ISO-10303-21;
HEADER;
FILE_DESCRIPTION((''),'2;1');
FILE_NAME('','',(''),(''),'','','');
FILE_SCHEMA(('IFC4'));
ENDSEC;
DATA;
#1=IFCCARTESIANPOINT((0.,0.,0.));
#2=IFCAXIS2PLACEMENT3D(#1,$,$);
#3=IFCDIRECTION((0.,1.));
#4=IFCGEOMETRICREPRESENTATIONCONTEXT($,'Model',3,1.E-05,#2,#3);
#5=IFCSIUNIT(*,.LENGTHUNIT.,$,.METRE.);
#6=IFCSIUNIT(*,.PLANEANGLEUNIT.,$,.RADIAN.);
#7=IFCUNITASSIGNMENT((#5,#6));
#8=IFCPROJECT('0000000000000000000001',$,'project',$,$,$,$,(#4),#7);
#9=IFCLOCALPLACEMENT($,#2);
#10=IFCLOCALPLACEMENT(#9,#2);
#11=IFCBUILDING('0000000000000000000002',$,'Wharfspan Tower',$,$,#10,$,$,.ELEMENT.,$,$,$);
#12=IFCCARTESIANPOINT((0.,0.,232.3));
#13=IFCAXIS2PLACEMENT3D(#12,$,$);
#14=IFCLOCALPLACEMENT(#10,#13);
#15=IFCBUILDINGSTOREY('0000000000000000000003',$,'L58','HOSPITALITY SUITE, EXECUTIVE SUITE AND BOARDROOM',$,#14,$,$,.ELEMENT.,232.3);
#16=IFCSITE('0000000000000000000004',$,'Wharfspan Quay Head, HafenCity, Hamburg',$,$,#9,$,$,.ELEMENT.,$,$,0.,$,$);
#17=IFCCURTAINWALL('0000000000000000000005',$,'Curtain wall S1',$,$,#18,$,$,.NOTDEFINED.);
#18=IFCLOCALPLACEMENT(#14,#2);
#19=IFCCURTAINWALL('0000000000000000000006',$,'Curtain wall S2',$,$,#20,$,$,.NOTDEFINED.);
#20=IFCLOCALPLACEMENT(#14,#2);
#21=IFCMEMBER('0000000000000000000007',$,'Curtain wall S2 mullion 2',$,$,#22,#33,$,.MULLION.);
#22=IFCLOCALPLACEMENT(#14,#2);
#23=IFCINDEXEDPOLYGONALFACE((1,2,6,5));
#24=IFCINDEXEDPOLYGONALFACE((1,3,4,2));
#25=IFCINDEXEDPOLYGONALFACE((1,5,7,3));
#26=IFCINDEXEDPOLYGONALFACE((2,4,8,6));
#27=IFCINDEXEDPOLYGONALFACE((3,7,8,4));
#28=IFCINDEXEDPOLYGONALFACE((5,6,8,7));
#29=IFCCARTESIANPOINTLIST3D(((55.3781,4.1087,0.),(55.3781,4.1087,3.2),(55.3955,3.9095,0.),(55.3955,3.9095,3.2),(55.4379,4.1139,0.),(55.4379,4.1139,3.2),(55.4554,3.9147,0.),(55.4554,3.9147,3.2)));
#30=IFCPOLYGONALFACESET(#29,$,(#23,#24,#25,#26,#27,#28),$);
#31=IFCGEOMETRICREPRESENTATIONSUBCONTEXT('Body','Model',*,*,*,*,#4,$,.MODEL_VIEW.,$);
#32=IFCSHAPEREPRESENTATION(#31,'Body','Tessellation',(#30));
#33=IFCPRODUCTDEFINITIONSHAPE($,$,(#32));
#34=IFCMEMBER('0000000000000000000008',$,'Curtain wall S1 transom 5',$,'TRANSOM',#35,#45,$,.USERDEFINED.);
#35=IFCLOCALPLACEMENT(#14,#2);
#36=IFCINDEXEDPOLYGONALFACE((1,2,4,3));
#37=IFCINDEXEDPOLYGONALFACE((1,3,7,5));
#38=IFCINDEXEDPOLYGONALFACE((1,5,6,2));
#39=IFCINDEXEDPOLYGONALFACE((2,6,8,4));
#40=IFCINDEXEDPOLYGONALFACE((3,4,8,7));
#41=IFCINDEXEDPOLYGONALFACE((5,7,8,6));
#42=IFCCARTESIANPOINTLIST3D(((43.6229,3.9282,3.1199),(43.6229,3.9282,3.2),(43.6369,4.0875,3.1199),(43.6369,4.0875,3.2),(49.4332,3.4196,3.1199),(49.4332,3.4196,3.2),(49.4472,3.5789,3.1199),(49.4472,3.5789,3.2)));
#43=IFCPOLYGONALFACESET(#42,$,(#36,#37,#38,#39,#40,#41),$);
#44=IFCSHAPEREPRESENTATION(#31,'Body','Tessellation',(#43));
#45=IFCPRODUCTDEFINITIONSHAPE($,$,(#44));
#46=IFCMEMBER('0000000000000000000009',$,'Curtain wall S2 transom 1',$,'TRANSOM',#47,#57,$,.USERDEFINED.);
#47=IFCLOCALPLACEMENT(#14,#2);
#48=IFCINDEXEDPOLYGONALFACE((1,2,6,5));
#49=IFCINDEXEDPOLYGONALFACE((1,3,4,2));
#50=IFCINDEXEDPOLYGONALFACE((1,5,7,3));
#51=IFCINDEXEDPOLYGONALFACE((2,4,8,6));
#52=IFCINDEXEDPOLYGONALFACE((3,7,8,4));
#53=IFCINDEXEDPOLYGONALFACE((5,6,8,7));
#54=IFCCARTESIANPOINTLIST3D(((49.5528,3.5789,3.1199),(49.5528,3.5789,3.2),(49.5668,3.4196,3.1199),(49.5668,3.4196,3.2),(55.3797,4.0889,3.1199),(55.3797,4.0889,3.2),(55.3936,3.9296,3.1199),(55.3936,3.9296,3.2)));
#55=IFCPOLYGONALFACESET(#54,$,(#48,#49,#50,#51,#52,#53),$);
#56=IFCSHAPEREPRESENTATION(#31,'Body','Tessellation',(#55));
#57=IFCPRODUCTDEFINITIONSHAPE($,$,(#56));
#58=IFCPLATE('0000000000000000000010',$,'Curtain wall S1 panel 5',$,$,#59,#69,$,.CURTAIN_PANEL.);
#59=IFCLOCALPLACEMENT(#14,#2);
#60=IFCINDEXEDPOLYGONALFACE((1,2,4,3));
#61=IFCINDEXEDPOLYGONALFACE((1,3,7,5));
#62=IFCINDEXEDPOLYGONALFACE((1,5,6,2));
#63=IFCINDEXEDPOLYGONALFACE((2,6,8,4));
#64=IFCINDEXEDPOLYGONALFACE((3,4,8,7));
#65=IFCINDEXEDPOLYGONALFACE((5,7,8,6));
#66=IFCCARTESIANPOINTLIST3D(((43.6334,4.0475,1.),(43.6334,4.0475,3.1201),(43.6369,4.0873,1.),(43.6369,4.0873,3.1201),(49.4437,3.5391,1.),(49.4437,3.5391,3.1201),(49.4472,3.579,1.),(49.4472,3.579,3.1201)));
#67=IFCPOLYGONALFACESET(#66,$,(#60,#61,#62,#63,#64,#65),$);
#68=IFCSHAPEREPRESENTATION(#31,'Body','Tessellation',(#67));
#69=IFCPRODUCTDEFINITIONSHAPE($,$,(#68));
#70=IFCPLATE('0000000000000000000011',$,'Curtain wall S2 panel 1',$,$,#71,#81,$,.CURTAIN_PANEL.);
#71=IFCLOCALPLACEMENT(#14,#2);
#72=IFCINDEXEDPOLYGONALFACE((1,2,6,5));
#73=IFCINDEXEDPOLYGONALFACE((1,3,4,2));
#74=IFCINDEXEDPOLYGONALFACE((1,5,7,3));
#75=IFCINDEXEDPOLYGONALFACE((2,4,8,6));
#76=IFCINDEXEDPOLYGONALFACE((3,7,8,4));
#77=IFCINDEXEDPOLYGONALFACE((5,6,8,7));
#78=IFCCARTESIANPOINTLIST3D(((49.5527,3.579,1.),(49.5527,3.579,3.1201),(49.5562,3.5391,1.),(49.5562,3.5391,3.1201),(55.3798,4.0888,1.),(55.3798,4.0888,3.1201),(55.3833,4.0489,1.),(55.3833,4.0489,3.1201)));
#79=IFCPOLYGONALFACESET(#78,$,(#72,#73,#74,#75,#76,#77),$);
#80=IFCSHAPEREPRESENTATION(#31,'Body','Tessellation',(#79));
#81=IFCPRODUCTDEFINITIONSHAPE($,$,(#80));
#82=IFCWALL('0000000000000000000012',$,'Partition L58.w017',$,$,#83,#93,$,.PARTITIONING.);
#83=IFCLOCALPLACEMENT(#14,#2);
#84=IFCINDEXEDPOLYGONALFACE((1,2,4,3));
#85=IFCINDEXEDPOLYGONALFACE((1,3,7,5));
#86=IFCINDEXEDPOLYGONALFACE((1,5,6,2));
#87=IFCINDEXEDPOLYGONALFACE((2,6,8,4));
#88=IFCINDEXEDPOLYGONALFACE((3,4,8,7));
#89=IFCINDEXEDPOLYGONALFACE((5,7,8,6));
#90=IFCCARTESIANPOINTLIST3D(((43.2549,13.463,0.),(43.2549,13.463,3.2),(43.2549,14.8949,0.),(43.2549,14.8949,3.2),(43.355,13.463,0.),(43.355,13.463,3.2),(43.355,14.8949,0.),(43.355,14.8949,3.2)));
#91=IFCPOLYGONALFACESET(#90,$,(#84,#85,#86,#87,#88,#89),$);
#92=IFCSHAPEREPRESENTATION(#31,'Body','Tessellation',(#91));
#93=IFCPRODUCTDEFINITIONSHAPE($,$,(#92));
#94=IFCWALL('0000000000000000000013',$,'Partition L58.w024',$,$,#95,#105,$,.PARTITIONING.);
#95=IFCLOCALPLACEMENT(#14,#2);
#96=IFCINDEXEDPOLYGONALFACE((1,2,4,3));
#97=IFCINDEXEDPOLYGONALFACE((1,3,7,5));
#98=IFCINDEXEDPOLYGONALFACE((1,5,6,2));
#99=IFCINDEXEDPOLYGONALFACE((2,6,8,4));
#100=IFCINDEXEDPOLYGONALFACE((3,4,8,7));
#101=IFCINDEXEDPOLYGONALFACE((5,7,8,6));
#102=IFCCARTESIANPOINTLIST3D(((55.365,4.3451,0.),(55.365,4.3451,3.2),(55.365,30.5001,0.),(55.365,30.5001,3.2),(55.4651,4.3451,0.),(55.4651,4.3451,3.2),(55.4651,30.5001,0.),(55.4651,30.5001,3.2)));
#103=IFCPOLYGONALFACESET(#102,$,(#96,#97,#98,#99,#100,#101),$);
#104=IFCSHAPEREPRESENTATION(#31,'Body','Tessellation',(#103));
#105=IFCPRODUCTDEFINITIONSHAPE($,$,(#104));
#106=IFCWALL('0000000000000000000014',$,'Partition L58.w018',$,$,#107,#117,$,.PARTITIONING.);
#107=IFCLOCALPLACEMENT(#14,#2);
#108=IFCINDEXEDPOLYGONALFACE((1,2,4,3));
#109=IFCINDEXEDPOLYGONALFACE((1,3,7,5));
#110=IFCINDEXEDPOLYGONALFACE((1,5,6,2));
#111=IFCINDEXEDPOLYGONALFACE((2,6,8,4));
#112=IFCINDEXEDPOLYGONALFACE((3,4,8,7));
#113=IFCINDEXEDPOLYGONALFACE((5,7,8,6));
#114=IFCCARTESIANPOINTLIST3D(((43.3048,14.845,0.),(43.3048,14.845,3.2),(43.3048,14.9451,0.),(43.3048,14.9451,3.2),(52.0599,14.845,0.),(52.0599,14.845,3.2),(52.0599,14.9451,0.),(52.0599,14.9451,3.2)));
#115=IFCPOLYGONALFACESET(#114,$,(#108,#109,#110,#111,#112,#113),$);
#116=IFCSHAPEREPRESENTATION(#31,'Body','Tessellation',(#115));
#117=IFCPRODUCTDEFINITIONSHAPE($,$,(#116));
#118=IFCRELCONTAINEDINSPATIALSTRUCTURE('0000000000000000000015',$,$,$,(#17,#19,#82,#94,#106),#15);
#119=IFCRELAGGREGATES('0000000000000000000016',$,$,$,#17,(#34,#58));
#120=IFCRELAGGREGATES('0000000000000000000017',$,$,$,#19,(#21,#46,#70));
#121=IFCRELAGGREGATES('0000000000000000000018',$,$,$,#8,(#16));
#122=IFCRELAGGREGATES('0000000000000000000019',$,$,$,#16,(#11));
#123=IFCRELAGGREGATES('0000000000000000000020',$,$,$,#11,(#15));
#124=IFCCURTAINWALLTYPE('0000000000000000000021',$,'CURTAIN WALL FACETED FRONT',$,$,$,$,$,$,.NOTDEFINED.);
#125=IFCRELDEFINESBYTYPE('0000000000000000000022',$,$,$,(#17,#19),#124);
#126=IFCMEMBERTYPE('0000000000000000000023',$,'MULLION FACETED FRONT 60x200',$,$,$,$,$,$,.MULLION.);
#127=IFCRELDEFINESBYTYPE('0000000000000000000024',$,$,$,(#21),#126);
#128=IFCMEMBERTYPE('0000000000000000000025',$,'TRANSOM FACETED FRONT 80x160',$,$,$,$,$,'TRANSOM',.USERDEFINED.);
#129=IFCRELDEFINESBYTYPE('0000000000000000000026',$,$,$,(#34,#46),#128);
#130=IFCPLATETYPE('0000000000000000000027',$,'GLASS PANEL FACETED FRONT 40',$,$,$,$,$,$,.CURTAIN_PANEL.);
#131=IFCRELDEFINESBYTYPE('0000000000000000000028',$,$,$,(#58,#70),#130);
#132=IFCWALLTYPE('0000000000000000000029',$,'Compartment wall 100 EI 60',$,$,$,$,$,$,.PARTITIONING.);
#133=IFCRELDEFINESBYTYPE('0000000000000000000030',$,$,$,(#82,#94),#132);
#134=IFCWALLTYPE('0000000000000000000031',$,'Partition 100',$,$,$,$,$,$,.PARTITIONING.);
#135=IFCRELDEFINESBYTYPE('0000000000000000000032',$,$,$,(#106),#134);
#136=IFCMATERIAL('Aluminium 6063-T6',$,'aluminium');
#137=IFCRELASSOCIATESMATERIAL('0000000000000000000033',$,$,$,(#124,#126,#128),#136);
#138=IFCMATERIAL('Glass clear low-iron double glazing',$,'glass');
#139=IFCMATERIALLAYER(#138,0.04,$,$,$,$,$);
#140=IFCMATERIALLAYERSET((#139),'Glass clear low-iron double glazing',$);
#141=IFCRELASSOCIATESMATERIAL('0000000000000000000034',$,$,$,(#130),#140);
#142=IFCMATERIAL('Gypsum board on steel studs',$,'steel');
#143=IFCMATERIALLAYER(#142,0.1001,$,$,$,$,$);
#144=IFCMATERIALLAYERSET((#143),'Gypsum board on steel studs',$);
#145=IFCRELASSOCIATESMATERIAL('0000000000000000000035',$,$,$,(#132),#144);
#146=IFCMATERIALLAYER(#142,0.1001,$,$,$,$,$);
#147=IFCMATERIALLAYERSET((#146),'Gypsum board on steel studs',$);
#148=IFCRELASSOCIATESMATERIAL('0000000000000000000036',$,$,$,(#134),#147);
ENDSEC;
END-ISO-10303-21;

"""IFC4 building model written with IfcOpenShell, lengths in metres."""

from ifc_helpers import new_model, si_unit, direction, frame, frame_2d, origin, origin_2d, place, context, subcontext, project, spatial, rectangle, extrude, material, layer, layer_set, material_profile, profile_set, type_object, element, aggregate, save


model = new_model("IFC4")

# Units and contexts
model_context = context("Model", 3, precision=1e-05, world=origin(), true_north=direction((0.0, 1.0)))
body_context = subcontext(model_context, "Body", "Model", "MODEL_VIEW")
ifc_project = project(units=[si_unit("LENGTHUNIT", "METRE"), si_unit("PLANEANGLEUNIT", "RADIAN")], contexts=[model_context])

# Site, building, storey
site_placement = place(None, origin())
site = spatial("IfcSite", under=ifc_project, at=site_placement, Name="Wharfspan Quay Head, HafenCity, Hamburg", CompositionType="ELEMENT", RefElevation=0.0)
building_placement = place(site_placement, origin())
building = spatial("IfcBuilding", under=site, at=building_placement, Name="Wharfspan Tower", CompositionType="ELEMENT")
storey_placement = place(building_placement, frame((0.0, 0.0, 232.3)))
storey = spatial("IfcBuildingStorey", under=building, at=storey_placement, Name="L58", Description="HOSPITALITY SUITE, EXECUTIVE SUITE AND BOARDROOM", CompositionType="ELEMENT", Elevation=232.3)

# Curtain walls, member
ifc_material_1 = material(Name="Aluminium 6063-T6", Category="aluminium")
curtain_wall_type = type_object("IfcCurtainWallType", Name="CURTAIN WALL FACETED FRONT", PredefinedType="NOTDEFINED", material=ifc_material_1)
curtain_wall_1_placement = place(storey_placement, origin())
curtain_wall_1 = element("IfcCurtainWall", 1, at=curtain_wall_1_placement, inside=storey, type_object=curtain_wall_type, Name="Curtain wall S1", PredefinedType="NOTDEFINED")
ifc_material_profile_1 = material_profile(ifc_material_1, rectangle(XDim=0.2, YDim=0.0601, at=origin_2d()))
ifc_profile_set_1 = profile_set([ifc_material_profile_1], Name="Aluminium 6063-T6")
member_type_1 = type_object("IfcMemberType", Name="MULLION FACETED FRONT 60x200", PredefinedType="MULLION", material=ifc_profile_set_1)
curtain_wall_2_placement = place(storey_placement, origin())
curtain_wall_2 = element("IfcCurtainWall", 2, at=curtain_wall_2_placement, inside=storey, type_object=curtain_wall_type, Name="Curtain wall S2", PredefinedType="NOTDEFINED")
member_1_placement = place(storey_placement, frame((55.4167, 4.0117, 0.0), z_axis=(0.0, 0.0, 1.0), x_axis=(-0.087156, 0.996197, 0.0)))
member_1 = element("IfcMember", 3, at=member_1_placement, type_object=member_type_1, Name="Curtain wall S2 mullion 2", PredefinedType="MULLION", context=body_context, shape_type="SweptSolid", body=[
    extrude(rectangle(XDim=0.2, YDim=0.0601, at=origin_2d()), origin(), (0.0, 0.0, 1.0), 3.2),
])

# Members
ifc_material_profile_2 = material_profile(ifc_material_1, rectangle(XDim=0.1599, YDim=0.0801, at=origin_2d()))
ifc_profile_set_2 = profile_set([ifc_material_profile_2], Name="Aluminium 6063-T6")
member_type_2 = type_object("IfcMemberType", Name="TRANSOM FACETED FRONT 80x160", ElementType="TRANSOM", PredefinedType="USERDEFINED", material=ifc_profile_set_2)
member_2_placement = place(storey_placement, frame((43.6299, 4.0078, 3.1599), z_axis=(0.996192, -0.087191, 0.0), x_axis=(0.087191, 0.996192, 0.0)))
member_2 = element("IfcMember", 4, at=member_2_placement, type_object=member_type_2, Name="Curtain wall S1 transom 5", ObjectType="TRANSOM", PredefinedType="USERDEFINED", context=body_context, shape_type="SweptSolid", body=[
    extrude(rectangle(XDim=0.1599, YDim=0.0801, at=origin_2d()), origin(), (0.0, 0.0, 1.0), 5.8325),
])
member_3_placement = place(storey_placement, frame((49.5598, 3.4993, 3.1599), z_axis=(0.996191, 0.087193, 0.0), x_axis=(-0.087193, 0.996191, 0.0)))
member_3 = element("IfcMember", 5, at=member_3_placement, type_object=member_type_2, Name="Curtain wall S2 transom 1", ObjectType="TRANSOM", PredefinedType="USERDEFINED", context=body_context, shape_type="SweptSolid", body=[
    extrude(rectangle(XDim=0.1599, YDim=0.0801, at=origin_2d()), origin(), (0.0, 0.0, 1.0), 5.8491),
])

# Plates
ifc_material_2 = material(Name="Glass clear low-iron double glazing", Category="glass")
ifc_layer_1 = layer(ifc_material_2, 0.04)
ifc_layer_set_1 = layer_set([ifc_layer_1], Name="Glass clear low-iron double glazing")
plate_type = type_object("IfcPlateType", Name="GLASS PANEL FACETED FRONT 40", PredefinedType="CURTAIN_PANEL", material=ifc_layer_set_1)
plate_1_placement = place(storey_placement, frame((46.5403, 3.8132, 1.0), z_axis=(0.0, 0.0, 1.0), x_axis=(0.996197, -0.087156, 0.0)))
plate_1 = element("IfcPlate", 6, at=plate_1_placement, type_object=plate_type, Name="Curtain wall S1 panel 5", PredefinedType="CURTAIN_PANEL", context=body_context, shape_type="SweptSolid", body=[
    extrude(rectangle(XDim=5.8325, YDim=0.04, at=origin_2d()), origin(), (0.0, 0.0, 1.0), 2.1201),
])
aggregate(curtain_wall_1, [member_2, plate_1])
plate_2_placement = place(storey_placement, frame((52.468, 3.814, 1.0), z_axis=(0.0, 0.0, 1.0), x_axis=(0.996197, 0.087156, 0.0)))
plate_2 = element("IfcPlate", 7, at=plate_2_placement, type_object=plate_type, Name="Curtain wall S2 panel 1", PredefinedType="CURTAIN_PANEL", context=body_context, shape_type="SweptSolid", body=[
    extrude(rectangle(XDim=5.8494, YDim=0.04, at=origin_2d()), origin(), (0.0, 0.0, 1.0), 2.1201),
])
aggregate(curtain_wall_2, [member_1, member_3, plate_2])

# Walls
ifc_material_3 = material(Name="Gypsum board on steel studs", Category="steel")
ifc_layer_2 = layer(ifc_material_3, 0.1001)
ifc_layer_set_2 = layer_set([ifc_layer_2], Name="Gypsum board on steel studs")
wall_type_1 = type_object("IfcWallType", Name="Compartment wall 100 EI 60", PredefinedType="PARTITIONING", material=ifc_layer_set_2)
wall_1_placement = place(storey_placement, frame((43.3049, 13.4631, 0.0), z_axis=(0.0, 0.0, 1.0), x_axis=(0.0, 1.0, 0.0)))
element("IfcWall", 8, at=wall_1_placement, inside=storey, type_object=wall_type_1, Name="Partition L58.w017", PredefinedType="PARTITIONING", context=body_context, shape_type="SweptSolid", body=[
    extrude(rectangle(XDim=1.4319, YDim=0.1001, at=frame_2d((0.7158, 0.0))), origin(), (0.0, 0.0, 1.0), 3.2),
])
wall_2_placement = place(storey_placement, frame((55.415, 4.345, 0.0), z_axis=(0.0, 0.0, 1.0), x_axis=(0.0, 1.0, 0.0)))
element("IfcWall", 9, at=wall_2_placement, inside=storey, type_object=wall_type_1, Name="Partition L58.w024", PredefinedType="PARTITIONING", context=body_context, shape_type="SweptSolid", body=[
    extrude(rectangle(XDim=26.155, YDim=0.1001, at=frame_2d((13.0776, 0.0))), origin(), (0.0, 0.0, 1.0), 3.2),
])
ifc_layer_3 = layer(ifc_material_3, 0.1001)
ifc_layer_set_3 = layer_set([ifc_layer_3], Name="Gypsum board on steel studs")
wall_type_2 = type_object("IfcWallType", Name="Partition 100", PredefinedType="PARTITIONING", material=ifc_layer_set_3)
wall_3_placement = place(storey_placement, frame((43.3049, 14.895, 0.0), z_axis=(0.0, 0.0, 1.0), x_axis=(1.0, 0.0, 0.0)))
element("IfcWall", 10, at=wall_3_placement, inside=storey, type_object=wall_type_2, Name="Partition L58.w018", PredefinedType="PARTITIONING", context=body_context, shape_type="SweptSolid", body=[
    extrude(rectangle(XDim=8.7551, YDim=0.1001, at=frame_2d((4.3774, 0.0))), origin(), (0.0, 0.0, 1.0), 3.2),
])

save(model, "model.ifc")
